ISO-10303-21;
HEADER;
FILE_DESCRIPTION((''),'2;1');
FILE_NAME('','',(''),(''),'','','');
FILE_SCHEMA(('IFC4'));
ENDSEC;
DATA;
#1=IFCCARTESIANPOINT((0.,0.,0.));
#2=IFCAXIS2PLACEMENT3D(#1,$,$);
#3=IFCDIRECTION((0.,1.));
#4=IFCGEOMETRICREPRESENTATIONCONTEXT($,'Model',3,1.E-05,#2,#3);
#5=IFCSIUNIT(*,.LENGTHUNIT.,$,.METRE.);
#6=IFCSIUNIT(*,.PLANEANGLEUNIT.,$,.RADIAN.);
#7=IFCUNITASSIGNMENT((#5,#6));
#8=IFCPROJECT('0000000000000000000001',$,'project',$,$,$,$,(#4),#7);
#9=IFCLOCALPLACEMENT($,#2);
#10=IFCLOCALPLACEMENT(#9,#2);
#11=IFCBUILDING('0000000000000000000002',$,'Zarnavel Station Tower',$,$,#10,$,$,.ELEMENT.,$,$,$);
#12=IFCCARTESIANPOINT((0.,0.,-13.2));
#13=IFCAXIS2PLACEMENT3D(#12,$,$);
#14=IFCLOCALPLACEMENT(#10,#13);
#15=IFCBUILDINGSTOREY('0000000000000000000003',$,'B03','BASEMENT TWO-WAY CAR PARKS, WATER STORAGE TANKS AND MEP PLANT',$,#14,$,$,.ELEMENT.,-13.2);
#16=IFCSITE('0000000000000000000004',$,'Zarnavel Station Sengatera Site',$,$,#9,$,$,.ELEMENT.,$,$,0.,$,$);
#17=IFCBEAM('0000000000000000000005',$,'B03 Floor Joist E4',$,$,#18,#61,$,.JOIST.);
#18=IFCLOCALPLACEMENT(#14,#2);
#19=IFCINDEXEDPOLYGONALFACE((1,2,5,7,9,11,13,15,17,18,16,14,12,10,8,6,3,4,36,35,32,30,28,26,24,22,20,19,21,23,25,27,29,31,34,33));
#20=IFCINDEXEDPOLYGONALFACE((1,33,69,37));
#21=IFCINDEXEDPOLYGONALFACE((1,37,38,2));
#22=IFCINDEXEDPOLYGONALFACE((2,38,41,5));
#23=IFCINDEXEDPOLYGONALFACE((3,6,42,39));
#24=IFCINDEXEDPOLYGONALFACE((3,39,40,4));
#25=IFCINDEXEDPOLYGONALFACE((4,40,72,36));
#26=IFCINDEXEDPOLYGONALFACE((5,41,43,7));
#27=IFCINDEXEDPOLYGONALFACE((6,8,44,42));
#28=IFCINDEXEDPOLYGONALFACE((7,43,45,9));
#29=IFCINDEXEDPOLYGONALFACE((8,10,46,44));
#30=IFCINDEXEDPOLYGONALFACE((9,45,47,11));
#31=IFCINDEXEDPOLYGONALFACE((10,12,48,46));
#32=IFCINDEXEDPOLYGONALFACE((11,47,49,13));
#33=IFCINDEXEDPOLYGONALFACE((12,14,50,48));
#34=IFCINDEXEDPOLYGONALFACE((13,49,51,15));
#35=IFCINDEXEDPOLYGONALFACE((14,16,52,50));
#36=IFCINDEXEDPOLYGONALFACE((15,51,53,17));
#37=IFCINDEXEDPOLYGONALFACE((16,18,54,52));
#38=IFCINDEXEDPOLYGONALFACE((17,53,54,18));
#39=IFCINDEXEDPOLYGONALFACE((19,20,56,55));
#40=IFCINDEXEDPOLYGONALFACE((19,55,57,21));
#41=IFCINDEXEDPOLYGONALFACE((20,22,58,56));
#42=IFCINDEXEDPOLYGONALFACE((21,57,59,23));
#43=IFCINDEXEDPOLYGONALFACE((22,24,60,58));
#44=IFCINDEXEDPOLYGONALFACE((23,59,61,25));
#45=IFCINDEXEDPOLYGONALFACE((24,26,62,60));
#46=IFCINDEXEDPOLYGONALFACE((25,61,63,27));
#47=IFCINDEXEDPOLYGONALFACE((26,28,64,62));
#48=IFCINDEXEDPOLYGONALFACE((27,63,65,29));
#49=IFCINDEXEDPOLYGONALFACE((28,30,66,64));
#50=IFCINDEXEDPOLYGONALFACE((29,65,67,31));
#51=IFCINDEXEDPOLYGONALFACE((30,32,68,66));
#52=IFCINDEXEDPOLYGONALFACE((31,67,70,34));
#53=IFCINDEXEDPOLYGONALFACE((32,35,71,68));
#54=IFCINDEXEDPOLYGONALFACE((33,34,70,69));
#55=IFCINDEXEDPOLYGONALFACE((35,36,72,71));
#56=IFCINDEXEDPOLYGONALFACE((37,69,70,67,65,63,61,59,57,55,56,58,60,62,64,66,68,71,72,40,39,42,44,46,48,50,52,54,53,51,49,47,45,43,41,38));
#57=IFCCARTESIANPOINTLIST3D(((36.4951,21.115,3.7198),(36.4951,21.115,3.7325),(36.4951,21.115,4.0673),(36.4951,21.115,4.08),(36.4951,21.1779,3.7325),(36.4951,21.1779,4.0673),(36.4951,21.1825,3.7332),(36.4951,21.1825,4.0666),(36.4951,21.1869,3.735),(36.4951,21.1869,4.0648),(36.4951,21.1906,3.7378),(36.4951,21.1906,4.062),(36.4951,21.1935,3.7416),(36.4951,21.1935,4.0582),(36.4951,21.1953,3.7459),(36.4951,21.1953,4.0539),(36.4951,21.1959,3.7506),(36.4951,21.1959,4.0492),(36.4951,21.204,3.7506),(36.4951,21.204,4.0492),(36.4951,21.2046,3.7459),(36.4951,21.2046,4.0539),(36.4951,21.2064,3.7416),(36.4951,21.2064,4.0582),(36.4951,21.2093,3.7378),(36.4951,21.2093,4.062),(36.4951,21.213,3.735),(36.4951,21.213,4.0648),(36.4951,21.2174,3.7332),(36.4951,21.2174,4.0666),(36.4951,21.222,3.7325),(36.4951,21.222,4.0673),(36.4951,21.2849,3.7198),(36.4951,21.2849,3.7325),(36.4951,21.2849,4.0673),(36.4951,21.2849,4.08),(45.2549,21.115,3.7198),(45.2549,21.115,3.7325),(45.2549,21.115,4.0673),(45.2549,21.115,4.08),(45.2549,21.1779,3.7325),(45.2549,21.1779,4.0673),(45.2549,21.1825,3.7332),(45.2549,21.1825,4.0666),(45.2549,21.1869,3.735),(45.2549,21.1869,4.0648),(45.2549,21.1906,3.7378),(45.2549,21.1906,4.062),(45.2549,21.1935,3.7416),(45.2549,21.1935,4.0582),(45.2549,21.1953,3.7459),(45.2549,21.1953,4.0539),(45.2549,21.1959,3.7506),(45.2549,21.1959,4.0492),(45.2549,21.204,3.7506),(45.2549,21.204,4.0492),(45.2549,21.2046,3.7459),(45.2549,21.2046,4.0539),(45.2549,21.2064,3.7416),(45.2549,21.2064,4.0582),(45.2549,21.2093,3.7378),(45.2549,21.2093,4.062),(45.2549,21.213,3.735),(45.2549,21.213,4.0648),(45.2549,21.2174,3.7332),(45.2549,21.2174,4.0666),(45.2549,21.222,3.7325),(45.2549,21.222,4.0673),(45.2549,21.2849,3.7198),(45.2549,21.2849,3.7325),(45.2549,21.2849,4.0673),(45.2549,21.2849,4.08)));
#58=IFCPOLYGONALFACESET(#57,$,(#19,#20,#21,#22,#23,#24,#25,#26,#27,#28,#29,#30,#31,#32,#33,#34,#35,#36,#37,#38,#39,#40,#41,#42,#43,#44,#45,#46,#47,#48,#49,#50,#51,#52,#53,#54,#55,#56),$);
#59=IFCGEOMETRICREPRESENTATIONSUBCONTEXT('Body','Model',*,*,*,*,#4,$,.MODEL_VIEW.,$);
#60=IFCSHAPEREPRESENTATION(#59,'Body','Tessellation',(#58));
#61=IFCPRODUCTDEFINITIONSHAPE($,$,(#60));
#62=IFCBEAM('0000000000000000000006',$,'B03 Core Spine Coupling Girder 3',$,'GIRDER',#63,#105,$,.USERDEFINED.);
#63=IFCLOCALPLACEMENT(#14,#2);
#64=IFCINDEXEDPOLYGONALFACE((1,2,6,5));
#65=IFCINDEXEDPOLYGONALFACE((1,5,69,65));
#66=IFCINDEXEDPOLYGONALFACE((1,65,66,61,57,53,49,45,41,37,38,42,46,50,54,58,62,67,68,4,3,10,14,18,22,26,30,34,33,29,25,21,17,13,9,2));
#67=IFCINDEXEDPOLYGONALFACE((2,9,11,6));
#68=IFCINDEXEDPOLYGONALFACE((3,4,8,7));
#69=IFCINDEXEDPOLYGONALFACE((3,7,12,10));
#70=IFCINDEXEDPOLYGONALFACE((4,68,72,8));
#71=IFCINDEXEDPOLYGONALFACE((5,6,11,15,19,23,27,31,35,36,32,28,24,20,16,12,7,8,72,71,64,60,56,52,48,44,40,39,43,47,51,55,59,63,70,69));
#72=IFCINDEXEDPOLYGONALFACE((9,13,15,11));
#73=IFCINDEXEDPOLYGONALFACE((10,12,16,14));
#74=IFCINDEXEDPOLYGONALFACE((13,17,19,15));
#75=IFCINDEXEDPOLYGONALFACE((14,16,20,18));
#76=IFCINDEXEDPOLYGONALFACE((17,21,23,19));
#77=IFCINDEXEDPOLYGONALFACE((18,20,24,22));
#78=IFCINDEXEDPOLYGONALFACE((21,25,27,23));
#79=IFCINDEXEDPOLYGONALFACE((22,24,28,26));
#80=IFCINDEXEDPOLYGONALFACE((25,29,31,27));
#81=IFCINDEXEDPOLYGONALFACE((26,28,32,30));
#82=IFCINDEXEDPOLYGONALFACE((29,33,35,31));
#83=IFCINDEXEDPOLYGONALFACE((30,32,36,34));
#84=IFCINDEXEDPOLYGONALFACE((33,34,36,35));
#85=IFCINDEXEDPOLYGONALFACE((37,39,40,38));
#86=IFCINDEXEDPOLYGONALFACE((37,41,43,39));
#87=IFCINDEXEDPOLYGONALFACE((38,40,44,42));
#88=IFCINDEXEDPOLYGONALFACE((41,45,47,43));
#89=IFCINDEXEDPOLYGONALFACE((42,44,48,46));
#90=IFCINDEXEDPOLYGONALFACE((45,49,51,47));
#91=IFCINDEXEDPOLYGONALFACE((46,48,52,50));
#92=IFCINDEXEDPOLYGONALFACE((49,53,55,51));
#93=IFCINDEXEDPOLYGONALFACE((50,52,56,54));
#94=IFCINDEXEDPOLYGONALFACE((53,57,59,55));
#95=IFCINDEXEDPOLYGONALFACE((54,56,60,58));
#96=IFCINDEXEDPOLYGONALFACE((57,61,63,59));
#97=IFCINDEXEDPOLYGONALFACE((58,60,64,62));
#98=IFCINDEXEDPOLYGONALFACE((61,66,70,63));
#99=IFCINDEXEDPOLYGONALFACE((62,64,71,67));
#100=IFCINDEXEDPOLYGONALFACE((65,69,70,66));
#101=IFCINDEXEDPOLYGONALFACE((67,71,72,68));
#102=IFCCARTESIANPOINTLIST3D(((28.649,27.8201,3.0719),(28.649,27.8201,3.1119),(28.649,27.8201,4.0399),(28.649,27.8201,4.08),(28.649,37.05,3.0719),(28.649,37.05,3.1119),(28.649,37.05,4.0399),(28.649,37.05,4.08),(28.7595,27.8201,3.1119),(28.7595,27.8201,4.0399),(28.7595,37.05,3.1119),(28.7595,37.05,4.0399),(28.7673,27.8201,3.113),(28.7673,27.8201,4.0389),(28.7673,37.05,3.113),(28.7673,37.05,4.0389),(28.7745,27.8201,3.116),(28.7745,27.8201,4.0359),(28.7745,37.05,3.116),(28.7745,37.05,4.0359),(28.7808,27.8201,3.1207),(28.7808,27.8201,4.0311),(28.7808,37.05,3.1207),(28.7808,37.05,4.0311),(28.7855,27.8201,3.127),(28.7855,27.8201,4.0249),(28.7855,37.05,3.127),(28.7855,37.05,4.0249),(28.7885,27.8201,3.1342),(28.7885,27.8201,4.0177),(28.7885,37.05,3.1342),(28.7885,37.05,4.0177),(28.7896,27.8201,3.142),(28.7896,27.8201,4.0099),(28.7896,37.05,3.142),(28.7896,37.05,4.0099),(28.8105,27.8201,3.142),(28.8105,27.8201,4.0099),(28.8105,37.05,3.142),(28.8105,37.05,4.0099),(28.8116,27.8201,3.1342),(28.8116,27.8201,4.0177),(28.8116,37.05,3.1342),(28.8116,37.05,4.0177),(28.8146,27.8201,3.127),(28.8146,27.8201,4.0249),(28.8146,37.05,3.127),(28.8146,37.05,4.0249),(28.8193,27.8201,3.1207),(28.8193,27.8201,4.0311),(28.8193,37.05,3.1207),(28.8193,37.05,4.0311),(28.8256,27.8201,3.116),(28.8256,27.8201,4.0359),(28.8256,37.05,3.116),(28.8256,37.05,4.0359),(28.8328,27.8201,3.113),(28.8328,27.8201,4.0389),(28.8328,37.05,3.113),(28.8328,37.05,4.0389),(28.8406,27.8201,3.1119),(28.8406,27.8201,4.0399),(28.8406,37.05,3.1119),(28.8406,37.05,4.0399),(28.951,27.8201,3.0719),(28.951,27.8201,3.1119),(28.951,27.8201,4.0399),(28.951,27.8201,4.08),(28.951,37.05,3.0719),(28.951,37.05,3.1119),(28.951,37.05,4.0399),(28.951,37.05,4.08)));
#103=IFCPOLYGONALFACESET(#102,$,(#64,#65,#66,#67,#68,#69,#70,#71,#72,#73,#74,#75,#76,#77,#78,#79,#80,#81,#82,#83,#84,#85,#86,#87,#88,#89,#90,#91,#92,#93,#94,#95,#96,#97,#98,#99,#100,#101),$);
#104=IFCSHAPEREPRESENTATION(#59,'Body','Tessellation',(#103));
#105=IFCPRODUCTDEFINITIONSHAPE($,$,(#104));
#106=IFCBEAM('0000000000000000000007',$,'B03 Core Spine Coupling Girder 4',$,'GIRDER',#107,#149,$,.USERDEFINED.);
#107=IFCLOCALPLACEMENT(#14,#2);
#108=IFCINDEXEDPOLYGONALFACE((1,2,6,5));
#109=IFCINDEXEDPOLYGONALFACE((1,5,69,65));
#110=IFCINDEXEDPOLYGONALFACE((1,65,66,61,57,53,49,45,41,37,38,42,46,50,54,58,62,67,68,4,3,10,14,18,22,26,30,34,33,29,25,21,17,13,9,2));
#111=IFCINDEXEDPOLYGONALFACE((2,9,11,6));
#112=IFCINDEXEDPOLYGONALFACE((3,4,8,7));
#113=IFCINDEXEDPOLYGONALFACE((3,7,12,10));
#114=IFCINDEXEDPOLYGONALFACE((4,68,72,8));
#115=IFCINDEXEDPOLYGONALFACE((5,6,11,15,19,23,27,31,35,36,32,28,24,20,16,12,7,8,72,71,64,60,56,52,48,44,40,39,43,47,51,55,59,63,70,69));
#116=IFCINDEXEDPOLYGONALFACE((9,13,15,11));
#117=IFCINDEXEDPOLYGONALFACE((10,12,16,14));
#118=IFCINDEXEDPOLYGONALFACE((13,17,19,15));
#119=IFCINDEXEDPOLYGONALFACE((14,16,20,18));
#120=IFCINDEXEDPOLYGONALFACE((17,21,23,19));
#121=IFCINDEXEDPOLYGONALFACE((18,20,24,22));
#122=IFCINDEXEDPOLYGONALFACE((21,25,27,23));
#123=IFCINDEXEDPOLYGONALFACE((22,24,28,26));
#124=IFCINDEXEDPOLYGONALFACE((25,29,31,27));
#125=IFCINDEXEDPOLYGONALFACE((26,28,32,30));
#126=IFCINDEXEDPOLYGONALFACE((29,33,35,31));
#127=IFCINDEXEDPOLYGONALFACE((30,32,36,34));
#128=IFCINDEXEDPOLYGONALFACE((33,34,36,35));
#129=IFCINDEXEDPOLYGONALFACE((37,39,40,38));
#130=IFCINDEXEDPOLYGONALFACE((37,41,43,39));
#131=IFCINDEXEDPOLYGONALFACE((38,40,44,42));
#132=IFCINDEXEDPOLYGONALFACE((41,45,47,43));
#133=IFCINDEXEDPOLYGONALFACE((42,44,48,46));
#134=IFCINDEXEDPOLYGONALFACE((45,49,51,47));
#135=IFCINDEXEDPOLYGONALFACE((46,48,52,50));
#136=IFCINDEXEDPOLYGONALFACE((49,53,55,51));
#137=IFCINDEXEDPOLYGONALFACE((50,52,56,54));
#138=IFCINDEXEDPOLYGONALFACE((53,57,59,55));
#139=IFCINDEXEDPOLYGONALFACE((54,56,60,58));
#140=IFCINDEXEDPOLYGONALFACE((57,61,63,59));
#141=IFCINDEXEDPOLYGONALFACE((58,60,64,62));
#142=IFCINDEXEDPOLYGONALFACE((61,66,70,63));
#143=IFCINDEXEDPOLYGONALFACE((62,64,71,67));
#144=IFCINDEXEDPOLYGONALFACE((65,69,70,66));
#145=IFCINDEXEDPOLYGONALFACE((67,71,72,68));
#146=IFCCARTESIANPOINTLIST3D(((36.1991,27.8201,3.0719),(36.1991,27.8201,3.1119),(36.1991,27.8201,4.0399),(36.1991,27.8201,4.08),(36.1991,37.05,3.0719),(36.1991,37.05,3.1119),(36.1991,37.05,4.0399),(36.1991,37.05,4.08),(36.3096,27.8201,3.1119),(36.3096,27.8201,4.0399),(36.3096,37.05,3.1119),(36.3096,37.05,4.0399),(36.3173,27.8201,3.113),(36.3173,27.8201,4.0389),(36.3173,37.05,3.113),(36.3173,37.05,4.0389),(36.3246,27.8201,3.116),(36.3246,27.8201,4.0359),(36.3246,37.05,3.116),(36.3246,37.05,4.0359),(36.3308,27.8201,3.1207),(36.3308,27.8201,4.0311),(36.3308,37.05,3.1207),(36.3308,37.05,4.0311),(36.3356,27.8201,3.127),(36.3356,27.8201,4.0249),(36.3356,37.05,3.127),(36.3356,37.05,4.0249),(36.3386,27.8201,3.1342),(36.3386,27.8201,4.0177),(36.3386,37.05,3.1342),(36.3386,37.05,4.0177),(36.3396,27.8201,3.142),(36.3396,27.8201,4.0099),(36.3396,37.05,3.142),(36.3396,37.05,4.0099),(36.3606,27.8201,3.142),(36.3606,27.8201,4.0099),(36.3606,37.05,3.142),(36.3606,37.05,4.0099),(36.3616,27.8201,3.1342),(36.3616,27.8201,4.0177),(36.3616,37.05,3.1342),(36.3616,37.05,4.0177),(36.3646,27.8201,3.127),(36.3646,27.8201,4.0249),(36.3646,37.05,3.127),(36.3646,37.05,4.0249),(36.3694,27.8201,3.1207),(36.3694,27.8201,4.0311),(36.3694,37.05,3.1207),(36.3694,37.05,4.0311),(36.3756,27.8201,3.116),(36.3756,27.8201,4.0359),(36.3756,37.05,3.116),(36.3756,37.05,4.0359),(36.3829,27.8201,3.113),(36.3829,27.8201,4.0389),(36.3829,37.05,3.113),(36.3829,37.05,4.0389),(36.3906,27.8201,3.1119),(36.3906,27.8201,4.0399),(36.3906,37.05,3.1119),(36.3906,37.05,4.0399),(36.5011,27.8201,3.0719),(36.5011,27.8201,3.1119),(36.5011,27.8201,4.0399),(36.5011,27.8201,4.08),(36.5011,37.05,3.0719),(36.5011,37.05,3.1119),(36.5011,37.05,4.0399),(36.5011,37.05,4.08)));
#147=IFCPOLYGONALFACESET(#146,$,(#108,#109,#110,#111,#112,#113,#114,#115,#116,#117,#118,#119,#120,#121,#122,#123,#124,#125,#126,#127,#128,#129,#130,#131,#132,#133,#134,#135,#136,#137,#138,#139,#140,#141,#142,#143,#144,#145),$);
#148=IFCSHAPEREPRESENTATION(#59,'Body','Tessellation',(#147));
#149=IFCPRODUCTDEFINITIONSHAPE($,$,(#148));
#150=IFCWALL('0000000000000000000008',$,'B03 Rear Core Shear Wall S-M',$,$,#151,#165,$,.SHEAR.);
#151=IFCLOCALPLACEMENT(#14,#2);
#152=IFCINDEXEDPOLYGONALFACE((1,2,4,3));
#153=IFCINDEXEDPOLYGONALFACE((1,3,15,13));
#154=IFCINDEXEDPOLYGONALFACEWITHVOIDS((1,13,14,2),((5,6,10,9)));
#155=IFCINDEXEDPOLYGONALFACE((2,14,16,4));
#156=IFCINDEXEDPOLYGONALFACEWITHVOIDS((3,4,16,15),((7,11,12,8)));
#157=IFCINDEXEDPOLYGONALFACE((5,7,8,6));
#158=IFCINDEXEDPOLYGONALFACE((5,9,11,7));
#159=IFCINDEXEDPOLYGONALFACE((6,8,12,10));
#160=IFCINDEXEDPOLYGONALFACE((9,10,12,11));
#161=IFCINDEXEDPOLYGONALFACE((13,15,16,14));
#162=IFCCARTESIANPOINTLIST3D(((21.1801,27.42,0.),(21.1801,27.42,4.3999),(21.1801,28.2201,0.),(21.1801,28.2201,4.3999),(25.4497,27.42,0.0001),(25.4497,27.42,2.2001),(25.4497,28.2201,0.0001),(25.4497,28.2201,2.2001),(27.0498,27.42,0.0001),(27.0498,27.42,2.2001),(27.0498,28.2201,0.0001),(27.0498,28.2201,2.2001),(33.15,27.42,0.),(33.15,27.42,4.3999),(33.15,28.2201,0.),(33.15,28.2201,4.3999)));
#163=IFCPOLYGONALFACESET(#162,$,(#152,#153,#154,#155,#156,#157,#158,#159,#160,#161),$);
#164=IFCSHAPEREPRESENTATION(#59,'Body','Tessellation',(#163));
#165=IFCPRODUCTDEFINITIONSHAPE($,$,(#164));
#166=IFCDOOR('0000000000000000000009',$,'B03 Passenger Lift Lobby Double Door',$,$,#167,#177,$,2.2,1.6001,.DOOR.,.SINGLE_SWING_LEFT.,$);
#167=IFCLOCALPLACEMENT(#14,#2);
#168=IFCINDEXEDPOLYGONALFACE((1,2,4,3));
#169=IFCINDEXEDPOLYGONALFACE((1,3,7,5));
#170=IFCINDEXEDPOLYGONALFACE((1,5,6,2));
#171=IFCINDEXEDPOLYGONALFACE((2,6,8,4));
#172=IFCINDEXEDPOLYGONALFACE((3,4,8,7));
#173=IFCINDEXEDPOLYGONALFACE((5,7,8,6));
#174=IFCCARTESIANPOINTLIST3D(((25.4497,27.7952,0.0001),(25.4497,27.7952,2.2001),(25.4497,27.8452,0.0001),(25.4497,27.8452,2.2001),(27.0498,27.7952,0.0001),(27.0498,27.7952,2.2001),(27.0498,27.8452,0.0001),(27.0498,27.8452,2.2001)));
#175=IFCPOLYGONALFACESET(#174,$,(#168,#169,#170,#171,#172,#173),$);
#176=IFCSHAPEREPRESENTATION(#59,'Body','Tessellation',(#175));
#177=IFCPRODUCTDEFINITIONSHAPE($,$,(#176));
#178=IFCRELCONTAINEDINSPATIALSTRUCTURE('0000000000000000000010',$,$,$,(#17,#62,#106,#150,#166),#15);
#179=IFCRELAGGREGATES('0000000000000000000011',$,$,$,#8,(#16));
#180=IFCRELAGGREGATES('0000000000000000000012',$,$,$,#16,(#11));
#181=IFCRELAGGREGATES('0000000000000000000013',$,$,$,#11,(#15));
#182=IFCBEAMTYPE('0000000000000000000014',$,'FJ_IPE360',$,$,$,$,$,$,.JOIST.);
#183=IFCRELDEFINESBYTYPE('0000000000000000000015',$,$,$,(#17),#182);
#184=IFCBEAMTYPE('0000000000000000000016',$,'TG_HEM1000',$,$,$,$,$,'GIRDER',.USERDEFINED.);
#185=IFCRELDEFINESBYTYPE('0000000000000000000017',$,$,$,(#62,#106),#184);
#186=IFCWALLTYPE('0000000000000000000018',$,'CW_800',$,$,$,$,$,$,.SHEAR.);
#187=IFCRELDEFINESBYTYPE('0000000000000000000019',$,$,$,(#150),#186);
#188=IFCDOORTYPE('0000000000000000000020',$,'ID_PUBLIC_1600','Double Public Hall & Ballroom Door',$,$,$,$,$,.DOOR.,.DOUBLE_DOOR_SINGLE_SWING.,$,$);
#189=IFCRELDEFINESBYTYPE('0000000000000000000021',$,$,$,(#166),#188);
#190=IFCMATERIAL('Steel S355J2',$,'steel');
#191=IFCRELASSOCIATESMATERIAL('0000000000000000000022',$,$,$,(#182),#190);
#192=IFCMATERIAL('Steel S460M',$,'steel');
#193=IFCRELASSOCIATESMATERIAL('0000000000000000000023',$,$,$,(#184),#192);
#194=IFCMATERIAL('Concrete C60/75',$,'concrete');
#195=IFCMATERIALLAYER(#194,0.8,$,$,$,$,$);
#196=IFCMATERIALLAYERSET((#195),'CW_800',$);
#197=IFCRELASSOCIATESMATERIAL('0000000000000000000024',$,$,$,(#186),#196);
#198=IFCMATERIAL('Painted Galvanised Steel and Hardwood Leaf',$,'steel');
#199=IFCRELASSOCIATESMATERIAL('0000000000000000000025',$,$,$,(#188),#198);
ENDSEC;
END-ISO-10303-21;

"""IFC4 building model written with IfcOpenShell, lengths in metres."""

from ifc_helpers import new_model, si_unit, direction, frame, frame_2d, origin, origin_2d, place, context, subcontext, project, spatial, rectangle, i_section, extrude, material, layer, layer_set, material_profile, profile_set, type_object, element, fill, save


model = new_model("IFC4")

# Units and contexts
model_context = context("Model", 3, precision=1e-05, world=origin(), true_north=direction((0.0, 1.0)))
body_context = subcontext(model_context, "Body", "Model", "MODEL_VIEW")
ifc_project = project(units=[si_unit("LENGTHUNIT", "METRE"), si_unit("PLANEANGLEUNIT", "RADIAN")], contexts=[model_context])

# Site, building, storey
site_placement = place(None, origin())
site = spatial("IfcSite", under=ifc_project, at=site_placement, Name="Zarnavel Station Sengatera Site", CompositionType="ELEMENT", RefElevation=0.0)
building_placement = place(site_placement, origin())
building = spatial("IfcBuilding", under=site, at=building_placement, Name="Zarnavel Station Tower", CompositionType="ELEMENT")
storey_placement = place(building_placement, frame((0.0, 0.0, -13.2)))
storey = spatial("IfcBuildingStorey", under=building, at=storey_placement, Name="B03", Description="BASEMENT TWO-WAY CAR PARKS, WATER STORAGE TANKS AND MEP PLANT", CompositionType="ELEMENT", Elevation=-13.2)

# Beams
ifc_material_1 = material(Name="Steel S355J2", Category="steel")
ifc_material_profile_1 = material_profile(ifc_material_1, i_section(OverallWidth=0.1699, OverallDepth=0.3601, WebThickness=0.0081, FlangeThickness=0.0127, FilletRadius=0.0181, at=origin_2d()), Name="IPE360")
ifc_profile_set_1 = profile_set([ifc_material_profile_1], Name="Steel S355J2")
beam_type_1 = type_object("IfcBeamType", Name="FJ_IPE360", PredefinedType="JOIST", material=ifc_profile_set_1)
for number, where, z_axis, x_axis, name in (
    (1, (36.4951, 21.2, 3.8999), (1.0, 0.0, 0.0), (0.0, 1.0, 0.0), "B03 Floor Joist E4"),
):
    element("IfcBeam", number, at=place(storey_placement, frame(where, z_axis=z_axis, x_axis=x_axis)), inside=storey, type_object=beam_type_1, Name=name, PredefinedType="JOIST", context=body_context, shape_type="SweptSolid", body=[
        extrude(i_section(OverallWidth=0.1699, OverallDepth=0.3601, WebThickness=0.0081, FlangeThickness=0.0127, FilletRadius=0.0181, at=origin_2d()), origin(), (0.0, 0.0, 1.0), 8.7598),
    ])
ifc_material_2 = material(Name="Steel S460M", Category="steel")
ifc_material_profile_2 = material_profile(ifc_material_2, i_section(OverallWidth=0.302, OverallDepth=1.0081, WebThickness=0.021, FlangeThickness=0.04, FilletRadius=0.03, at=origin_2d()), Name="HEM1000")
ifc_profile_set_2 = profile_set([ifc_material_profile_2], Name="Steel S460M")
beam_type_2 = type_object("IfcBeamType", Name="TG_HEM1000", ElementType="GIRDER", PredefinedType="USERDEFINED", material=ifc_profile_set_2)
for number, where, z_axis, x_axis, name in (
    (2, (28.8, 27.8201, 3.5759), (0.0, 1.0, 0.0), (-1.0, 0.0, 0.0), "B03 Core Spine Coupling Girder 3"),
    (3, (36.3501, 27.8201, 3.5759), (0.0, 1.0, 0.0), (-1.0, 0.0, 0.0), "B03 Core Spine Coupling Girder 4"),
):
    element("IfcBeam", number, at=place(storey_placement, frame(where, z_axis=z_axis, x_axis=x_axis)), inside=storey, type_object=beam_type_2, Name=name, ObjectType="GIRDER", PredefinedType="USERDEFINED", context=body_context, shape_type="SweptSolid", body=[
        extrude(i_section(OverallWidth=0.302, OverallDepth=1.0081, WebThickness=0.021, FlangeThickness=0.04, FilletRadius=0.03, at=origin_2d()), origin(), (0.0, 0.0, 1.0), 9.23),
    ])

# Wall, opening, door
ifc_material_3 = material(Name="Concrete C60/75", Category="concrete")
ifc_layer_1 = layer(ifc_material_3, 0.8)
ifc_layer_set_1 = layer_set([ifc_layer_1], Name="CW_800")
wall_type_1 = type_object("IfcWallType", Name="CW_800", PredefinedType="SHEAR", material=ifc_layer_set_1)
wall_1_placement = place(storey_placement, frame((33.1499, 27.8201, 0.0), z_axis=(0.0, 0.0, 1.0), x_axis=(-1.0, 0.0, 0.0)))
wall_1 = element("IfcWall", 4, at=wall_1_placement, inside=storey, type_object=wall_type_1, Name="B03 Rear Core Shear Wall S-M", PredefinedType="SHEAR", context=body_context, shape_type="SweptSolid", body=[
    extrude(rectangle(XDim=11.97, YDim=0.8, at=frame_2d((5.9849, 0.0))), origin(), (0.0, 0.0, 1.0), 4.3999),
])
opening_1_placement = place(wall_1_placement, frame((6.1001, 0.0, 0.0)))
opening_1 = element("IfcOpeningElement", 5, at=opening_1_placement, cuts=wall_1, PredefinedType="OPENING", context=body_context, shape_type="SweptSolid", body=[
    extrude(rectangle(XDim=1.6001, YDim=2.2, at=frame_2d((0.8, 1.1001))), frame((0.0, 0.4099, 0.0), z_axis=(0.0, -1.0, 0.0), x_axis=(1.0, 0.0, 0.0)), (0.0, 0.0, 1.0), 0.8201),
])
ifc_material_4 = material(Name="Painted Galvanised Steel and Hardwood Leaf", Category="steel")
door_type_1 = type_object("IfcDoorType", Name="ID_PUBLIC_1600", Description="Double Public Hall & Ballroom Door", OperationType="DOUBLE_DOOR_SINGLE_SWING", PredefinedType="DOOR", material=ifc_material_4)
door_1_placement = place(opening_1_placement, origin())
door_1 = element("IfcDoor", 6, at=door_1_placement, inside=storey, type_object=door_type_1, Name="B03 Passenger Lift Lobby Double Door", OperationType="SINGLE_SWING_LEFT", OverallHeight=2.2, OverallWidth=1.6001, PredefinedType="DOOR", context=body_context, shape_type="SweptSolid", body=[
    extrude(rectangle(XDim=1.6001, YDim=2.2, at=frame_2d((0.8, 1.1001))), frame((0.0, 0.0249, 0.0), z_axis=(0.0, -1.0, 0.0), x_axis=(1.0, 0.0, 0.0)), (0.0, 0.0, 1.0), 0.05),
])
fill(opening_1, door_1)

save(model, "model.ifc")
